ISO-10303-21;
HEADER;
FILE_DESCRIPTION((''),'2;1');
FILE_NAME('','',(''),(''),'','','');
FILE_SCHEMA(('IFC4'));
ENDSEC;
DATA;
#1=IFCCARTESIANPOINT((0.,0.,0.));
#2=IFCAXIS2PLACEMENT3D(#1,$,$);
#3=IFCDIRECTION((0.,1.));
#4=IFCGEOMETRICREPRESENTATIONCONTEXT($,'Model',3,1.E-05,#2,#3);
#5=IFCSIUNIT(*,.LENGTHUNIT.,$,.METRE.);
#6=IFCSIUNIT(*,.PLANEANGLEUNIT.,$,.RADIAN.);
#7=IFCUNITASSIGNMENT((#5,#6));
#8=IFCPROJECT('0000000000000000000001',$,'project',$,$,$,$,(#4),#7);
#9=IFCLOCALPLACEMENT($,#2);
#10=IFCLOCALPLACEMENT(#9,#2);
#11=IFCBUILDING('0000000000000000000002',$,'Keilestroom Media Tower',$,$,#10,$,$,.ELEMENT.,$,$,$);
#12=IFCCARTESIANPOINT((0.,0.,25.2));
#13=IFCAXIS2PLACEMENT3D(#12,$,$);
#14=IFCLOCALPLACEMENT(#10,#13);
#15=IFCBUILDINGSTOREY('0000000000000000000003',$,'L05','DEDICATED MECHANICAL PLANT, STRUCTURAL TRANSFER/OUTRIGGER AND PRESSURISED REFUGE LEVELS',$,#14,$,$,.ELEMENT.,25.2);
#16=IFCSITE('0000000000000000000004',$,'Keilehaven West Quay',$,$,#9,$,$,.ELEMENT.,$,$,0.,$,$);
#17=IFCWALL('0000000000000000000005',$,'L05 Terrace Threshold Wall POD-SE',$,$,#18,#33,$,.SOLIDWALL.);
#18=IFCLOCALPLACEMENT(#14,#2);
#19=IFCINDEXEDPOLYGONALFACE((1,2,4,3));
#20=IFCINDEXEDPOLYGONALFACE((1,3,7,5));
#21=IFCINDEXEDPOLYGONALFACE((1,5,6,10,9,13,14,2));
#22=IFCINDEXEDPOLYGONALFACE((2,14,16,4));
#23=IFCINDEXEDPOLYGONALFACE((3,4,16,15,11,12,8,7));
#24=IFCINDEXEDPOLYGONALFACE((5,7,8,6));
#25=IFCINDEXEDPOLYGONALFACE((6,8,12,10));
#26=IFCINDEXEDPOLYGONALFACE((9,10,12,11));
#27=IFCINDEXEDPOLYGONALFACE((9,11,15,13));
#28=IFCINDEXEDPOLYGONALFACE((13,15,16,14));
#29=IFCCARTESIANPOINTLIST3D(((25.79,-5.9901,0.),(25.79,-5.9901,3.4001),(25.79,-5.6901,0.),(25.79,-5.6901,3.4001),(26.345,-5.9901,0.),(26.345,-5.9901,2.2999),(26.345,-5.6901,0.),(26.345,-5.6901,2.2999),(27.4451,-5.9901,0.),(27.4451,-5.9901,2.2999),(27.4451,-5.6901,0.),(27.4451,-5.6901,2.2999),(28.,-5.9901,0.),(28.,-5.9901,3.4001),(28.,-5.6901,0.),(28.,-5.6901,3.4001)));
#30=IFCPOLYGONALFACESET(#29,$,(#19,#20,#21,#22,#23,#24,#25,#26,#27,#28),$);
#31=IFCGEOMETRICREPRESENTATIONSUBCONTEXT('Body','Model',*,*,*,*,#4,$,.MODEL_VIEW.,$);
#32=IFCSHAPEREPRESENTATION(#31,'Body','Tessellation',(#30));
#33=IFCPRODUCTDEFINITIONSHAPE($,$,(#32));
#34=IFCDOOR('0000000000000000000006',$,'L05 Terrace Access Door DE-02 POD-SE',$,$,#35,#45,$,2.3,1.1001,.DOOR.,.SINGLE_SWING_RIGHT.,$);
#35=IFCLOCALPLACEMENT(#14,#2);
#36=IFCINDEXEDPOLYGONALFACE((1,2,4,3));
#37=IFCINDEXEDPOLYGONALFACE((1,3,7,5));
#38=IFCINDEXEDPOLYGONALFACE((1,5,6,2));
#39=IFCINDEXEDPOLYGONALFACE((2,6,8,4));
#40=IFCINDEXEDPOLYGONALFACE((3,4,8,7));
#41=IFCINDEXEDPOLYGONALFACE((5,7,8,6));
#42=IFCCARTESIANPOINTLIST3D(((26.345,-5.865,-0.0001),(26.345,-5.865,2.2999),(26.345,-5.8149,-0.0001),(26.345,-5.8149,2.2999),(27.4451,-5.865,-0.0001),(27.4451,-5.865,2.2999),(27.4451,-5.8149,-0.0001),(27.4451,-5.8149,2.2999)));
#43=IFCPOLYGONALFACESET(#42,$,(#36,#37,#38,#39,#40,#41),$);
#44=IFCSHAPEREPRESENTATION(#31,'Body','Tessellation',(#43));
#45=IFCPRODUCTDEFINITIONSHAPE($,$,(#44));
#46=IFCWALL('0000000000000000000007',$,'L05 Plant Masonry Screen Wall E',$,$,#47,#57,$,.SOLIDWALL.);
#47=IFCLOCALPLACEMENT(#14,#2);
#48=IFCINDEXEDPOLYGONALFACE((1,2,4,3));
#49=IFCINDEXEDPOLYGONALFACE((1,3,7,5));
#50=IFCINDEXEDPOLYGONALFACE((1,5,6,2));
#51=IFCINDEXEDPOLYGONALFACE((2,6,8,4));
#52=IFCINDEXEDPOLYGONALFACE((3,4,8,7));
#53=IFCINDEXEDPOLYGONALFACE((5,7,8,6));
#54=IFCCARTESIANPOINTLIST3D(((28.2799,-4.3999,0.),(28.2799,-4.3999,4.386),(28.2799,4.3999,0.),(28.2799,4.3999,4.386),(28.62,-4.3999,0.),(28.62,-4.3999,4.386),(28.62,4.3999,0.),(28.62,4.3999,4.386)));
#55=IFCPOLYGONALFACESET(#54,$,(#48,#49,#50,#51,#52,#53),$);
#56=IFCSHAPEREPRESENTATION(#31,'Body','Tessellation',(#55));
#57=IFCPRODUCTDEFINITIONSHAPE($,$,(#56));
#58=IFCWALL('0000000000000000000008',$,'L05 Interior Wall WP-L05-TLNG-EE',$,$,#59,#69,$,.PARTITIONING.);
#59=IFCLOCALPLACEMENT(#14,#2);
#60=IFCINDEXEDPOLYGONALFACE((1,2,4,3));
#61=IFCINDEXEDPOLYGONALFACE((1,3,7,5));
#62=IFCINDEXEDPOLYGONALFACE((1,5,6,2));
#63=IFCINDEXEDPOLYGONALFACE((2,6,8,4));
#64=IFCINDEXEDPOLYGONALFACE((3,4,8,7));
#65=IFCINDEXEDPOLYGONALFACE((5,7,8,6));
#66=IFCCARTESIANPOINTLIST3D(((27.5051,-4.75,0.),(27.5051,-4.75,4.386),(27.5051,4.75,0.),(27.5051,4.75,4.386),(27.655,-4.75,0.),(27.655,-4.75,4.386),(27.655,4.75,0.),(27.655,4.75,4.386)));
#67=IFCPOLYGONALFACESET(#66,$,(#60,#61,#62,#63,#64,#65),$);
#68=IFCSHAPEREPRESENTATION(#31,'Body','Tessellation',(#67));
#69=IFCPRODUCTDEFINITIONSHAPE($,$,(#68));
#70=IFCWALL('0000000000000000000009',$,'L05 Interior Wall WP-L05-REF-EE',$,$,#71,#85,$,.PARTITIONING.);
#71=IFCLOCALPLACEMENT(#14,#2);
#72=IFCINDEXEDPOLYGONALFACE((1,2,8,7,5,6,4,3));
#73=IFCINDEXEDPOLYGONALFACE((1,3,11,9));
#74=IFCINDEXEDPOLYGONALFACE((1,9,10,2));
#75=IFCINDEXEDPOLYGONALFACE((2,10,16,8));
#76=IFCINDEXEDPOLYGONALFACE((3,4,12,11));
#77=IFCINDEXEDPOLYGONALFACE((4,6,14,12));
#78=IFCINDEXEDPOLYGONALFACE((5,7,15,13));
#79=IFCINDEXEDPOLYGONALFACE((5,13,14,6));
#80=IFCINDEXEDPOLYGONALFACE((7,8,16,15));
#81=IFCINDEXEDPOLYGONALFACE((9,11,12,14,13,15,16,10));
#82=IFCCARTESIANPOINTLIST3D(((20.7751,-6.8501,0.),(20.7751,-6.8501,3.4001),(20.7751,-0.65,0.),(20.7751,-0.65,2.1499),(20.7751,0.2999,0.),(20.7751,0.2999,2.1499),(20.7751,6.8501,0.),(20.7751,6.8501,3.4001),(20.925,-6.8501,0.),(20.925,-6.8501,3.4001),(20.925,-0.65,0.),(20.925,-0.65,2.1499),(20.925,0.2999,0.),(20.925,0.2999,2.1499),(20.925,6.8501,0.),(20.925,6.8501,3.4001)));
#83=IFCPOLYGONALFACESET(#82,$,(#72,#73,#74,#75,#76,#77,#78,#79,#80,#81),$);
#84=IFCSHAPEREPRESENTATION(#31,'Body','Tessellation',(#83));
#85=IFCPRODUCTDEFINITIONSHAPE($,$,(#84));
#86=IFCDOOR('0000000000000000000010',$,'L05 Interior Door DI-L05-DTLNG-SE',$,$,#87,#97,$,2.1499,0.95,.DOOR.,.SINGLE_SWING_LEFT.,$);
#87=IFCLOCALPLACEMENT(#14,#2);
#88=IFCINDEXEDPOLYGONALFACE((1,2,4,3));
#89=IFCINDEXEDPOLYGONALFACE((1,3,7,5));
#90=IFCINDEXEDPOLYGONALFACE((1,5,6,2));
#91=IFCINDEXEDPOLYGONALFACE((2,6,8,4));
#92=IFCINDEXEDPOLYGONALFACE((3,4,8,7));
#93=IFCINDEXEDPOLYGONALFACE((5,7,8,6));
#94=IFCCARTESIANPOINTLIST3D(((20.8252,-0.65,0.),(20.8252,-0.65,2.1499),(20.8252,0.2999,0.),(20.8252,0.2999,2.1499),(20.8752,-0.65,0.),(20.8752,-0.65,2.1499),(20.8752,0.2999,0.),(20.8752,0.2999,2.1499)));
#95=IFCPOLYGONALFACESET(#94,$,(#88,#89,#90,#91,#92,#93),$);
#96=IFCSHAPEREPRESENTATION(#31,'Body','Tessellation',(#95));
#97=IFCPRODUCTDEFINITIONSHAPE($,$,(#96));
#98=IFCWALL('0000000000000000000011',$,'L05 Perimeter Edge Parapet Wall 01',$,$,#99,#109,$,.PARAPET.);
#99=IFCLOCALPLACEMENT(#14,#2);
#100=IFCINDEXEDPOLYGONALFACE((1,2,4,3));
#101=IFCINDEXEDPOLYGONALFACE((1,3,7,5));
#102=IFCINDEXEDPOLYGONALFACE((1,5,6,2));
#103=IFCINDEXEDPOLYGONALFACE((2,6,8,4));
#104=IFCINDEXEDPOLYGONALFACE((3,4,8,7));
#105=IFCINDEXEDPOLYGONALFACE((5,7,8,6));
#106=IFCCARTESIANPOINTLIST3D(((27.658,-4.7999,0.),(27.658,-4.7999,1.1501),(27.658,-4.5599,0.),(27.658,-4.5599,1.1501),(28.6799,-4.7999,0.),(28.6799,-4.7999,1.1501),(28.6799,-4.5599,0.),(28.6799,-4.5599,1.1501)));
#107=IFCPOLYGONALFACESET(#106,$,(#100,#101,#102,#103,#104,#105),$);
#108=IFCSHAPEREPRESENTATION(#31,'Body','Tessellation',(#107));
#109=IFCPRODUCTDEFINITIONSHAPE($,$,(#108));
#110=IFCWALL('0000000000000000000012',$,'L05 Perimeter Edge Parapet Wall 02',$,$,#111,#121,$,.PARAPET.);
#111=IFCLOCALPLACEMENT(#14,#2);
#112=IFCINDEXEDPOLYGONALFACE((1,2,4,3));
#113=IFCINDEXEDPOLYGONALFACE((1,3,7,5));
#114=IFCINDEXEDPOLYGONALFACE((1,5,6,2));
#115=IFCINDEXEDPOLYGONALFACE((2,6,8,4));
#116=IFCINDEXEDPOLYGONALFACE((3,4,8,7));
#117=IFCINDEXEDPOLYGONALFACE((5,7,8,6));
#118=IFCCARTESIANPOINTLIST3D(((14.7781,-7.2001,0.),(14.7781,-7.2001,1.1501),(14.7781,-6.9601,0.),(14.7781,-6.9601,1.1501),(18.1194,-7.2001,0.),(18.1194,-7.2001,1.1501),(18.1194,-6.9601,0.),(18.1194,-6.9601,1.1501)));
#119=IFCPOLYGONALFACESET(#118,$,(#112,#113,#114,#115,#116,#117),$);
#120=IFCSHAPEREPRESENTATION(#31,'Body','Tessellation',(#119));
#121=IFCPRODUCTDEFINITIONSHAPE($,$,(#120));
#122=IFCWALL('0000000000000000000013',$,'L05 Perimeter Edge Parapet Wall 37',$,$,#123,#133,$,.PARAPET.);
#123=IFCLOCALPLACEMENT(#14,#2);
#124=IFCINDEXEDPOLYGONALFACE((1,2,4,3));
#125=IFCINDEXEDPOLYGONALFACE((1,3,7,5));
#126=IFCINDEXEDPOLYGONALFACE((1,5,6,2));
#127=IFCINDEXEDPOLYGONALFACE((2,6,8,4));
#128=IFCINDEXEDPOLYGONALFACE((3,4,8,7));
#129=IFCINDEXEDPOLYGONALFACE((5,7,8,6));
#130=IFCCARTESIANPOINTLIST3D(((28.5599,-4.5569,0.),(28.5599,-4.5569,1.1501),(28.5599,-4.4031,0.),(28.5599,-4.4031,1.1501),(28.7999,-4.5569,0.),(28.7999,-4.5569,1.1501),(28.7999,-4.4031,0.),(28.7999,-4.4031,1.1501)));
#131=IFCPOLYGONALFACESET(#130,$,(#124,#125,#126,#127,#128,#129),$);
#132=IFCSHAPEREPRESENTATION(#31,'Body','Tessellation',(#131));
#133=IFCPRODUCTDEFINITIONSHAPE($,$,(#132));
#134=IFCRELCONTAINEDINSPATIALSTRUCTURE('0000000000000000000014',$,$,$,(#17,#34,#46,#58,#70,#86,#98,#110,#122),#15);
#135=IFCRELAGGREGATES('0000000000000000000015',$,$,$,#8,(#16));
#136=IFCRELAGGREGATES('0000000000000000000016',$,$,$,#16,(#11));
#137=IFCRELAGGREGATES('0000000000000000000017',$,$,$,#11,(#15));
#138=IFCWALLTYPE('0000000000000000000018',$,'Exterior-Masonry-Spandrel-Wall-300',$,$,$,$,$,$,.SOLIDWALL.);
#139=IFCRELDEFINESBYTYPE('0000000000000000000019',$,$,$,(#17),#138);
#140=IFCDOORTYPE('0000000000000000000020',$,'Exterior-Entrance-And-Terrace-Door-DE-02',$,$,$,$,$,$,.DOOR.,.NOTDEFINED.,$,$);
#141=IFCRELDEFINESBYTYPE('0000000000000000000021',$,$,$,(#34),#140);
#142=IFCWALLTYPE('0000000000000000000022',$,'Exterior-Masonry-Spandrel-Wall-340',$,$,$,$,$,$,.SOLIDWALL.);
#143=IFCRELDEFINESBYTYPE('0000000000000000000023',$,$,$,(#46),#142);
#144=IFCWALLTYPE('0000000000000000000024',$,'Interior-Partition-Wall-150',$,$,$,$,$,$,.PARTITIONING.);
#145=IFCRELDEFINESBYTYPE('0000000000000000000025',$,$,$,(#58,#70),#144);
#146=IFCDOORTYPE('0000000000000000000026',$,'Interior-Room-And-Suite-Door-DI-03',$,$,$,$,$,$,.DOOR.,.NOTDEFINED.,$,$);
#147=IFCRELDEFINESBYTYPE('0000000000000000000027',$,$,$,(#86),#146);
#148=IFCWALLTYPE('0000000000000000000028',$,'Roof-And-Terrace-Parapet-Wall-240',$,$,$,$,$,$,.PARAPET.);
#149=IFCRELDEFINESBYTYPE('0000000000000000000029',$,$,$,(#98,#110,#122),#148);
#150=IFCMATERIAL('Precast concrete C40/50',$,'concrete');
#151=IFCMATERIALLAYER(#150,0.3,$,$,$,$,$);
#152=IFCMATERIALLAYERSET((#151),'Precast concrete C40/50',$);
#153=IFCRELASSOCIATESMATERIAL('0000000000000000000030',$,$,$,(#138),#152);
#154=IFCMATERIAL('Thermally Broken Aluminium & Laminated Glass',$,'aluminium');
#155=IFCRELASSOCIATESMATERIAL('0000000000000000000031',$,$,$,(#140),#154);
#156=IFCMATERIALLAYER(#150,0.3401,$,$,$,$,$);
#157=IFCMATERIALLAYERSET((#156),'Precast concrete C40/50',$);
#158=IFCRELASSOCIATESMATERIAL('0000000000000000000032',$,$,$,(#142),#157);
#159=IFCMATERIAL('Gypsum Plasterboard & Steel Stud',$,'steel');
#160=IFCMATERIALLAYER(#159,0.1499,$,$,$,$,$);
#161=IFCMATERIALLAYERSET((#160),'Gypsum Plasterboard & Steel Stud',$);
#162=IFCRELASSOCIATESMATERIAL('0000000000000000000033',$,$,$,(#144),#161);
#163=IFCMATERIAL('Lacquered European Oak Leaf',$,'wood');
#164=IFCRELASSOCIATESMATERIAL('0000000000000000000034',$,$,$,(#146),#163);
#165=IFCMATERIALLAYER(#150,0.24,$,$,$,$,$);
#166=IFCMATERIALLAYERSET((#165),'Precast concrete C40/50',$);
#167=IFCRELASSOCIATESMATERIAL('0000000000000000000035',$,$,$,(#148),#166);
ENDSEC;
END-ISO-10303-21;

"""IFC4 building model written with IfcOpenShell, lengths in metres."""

from ifc_helpers import new_model, si_unit, direction, frame, frame_2d, origin, place, context, subcontext, project, spatial, rectangle, extrude, source, transform, mapped, material, layer, layer_set, type_object, element, fill, save


model = new_model("IFC4")

# Units and contexts
model_context = context("Model", 3, precision=1e-05, world=origin(), true_north=direction((0.0, 1.0)))
body_context = subcontext(model_context, "Body", "Model", "MODEL_VIEW")
ifc_project = project(units=[si_unit("LENGTHUNIT", "METRE"), si_unit("PLANEANGLEUNIT", "RADIAN")], contexts=[model_context])

# Site, building, storey
site_placement = place(None, origin())
site = spatial("IfcSite", under=ifc_project, at=site_placement, Name="Keilehaven West Quay", CompositionType="ELEMENT", RefElevation=0.0)
building_placement = place(site_placement, origin())
building = spatial("IfcBuilding", under=site, at=building_placement, Name="Keilestroom Media Tower", CompositionType="ELEMENT")
storey_placement = place(building_placement, frame((0.0, 0.0, 25.2)))
storey = spatial("IfcBuildingStorey", under=building, at=storey_placement, Name="L05", Description="DEDICATED MECHANICAL PLANT, STRUCTURAL TRANSFER/OUTRIGGER AND PRESSURISED REFUGE LEVELS", CompositionType="ELEMENT", Elevation=25.2)

# Shared definitions
ifc_material_1 = material(Name="Precast concrete C40/50", Category="concrete")

# Wall, opening, door
ifc_layer_1 = layer(ifc_material_1, 0.3)
ifc_layer_set_1 = layer_set([ifc_layer_1], Name="Precast concrete C40/50")
wall_type_1 = type_object("IfcWallType", Name="Exterior-Masonry-Spandrel-Wall-300", PredefinedType="SOLIDWALL", material=ifc_layer_set_1)
wall_1_placement = place(storey_placement, frame((25.79, -5.8401, 0.0), z_axis=(0.0, 0.0, 1.0), x_axis=(1.0, 0.0, 0.0)))
wall_1 = element("IfcWall", 1, at=wall_1_placement, inside=storey, type_object=wall_type_1, Name="L05 Terrace Threshold Wall POD-SE", PredefinedType="SOLIDWALL", context=body_context, shape_type="SweptSolid", body=[
    extrude(rectangle(XDim=2.21, YDim=0.3, at=frame_2d((1.105, 0.0))), origin(), (0.0, 0.0, 1.0), 3.4001),
])
opening_1_placement = place(wall_1_placement, frame((0.5549, 0.0, 0.0)))
opening_1 = element("IfcOpeningElement", 2, at=opening_1_placement, cuts=wall_1, PredefinedType="OPENING", context=body_context, shape_type="SweptSolid", body=[
    extrude(rectangle(XDim=1.1001, YDim=2.3, at=frame_2d((0.55, 1.1499))), frame((0.0, 0.1602, 0.0), z_axis=(0.0, -1.0, 0.0), x_axis=(1.0, 0.0, 0.0)), (0.0, 0.0, 1.0), 0.3201),
])
ifc_material_2 = material(Name="Thermally Broken Aluminium & Laminated Glass", Category="aluminium")
door_type_1 = type_object("IfcDoorType", Name="Exterior-Entrance-And-Terrace-Door-DE-02", OperationType="NOTDEFINED", PredefinedType="DOOR", material=ifc_material_2)
shared_shape_1 = source(origin(), body_context, "Body", "SweptSolid", [
    extrude(rectangle(XDim=1.1001, YDim=2.3, at=frame_2d((0.55, 1.1499))), frame((0.0, 0.0249, 0.0), z_axis=(0.0, -1.0, 0.0), x_axis=(1.0, 0.0, 0.0)), (0.0, 0.0, 1.0), 0.05),
])
door_1_placement = place(opening_1_placement, frame((1.1001, 0.0, 0.0), z_axis=(0.0, 0.0, 1.0), x_axis=(-1.0, 0.0, 0.0)))
door_1 = element("IfcDoor", 3, at=door_1_placement, inside=storey, type_object=door_type_1, Name="L05 Terrace Access Door DE-02 POD-SE", OperationType="SINGLE_SWING_RIGHT", OverallHeight=2.3, OverallWidth=1.1001, PredefinedType="DOOR", context=body_context, shape_type="MappedRepresentation", body=[
    mapped(shared_shape_1, transform((0.0, 0.0, 0.0), x_axis=(1.0, 0.0, 0.0), y_axis=(0.0, 1.0, 0.0), z_axis=(0.0, 0.0, 1.0), scale=1.0)),
])
fill(opening_1, door_1)

# Walls
ifc_layer_2 = layer(ifc_material_1, 0.3401)
ifc_layer_set_2 = layer_set([ifc_layer_2], Name="Precast concrete C40/50")
wall_type_2 = type_object("IfcWallType", Name="Exterior-Masonry-Spandrel-Wall-340", PredefinedType="SOLIDWALL", material=ifc_layer_set_2)
wall_2_placement = place(storey_placement, frame((28.45, -4.3999, 0.0), z_axis=(0.0, 0.0, 1.0), x_axis=(0.0, 1.0, 0.0)))
element("IfcWall", 4, at=wall_2_placement, inside=storey, type_object=wall_type_2, Name="L05 Plant Masonry Screen Wall E", PredefinedType="SOLIDWALL", context=body_context, shape_type="SweptSolid", body=[
    extrude(rectangle(XDim=8.7998, YDim=0.3401, at=frame_2d((4.3999, 0.0))), origin(), (0.0, 0.0, 1.0), 4.386),
])
ifc_material_3 = material(Name="Gypsum Plasterboard & Steel Stud", Category="steel")
ifc_layer_3 = layer(ifc_material_3, 0.1499)
ifc_layer_set_3 = layer_set([ifc_layer_3], Name="Gypsum Plasterboard & Steel Stud")
wall_type_3 = type_object("IfcWallType", Name="Interior-Partition-Wall-150", PredefinedType="PARTITIONING", material=ifc_layer_set_3)
wall_3_placement = place(storey_placement, frame((27.5801, -4.75, 0.0), z_axis=(0.0, 0.0, 1.0), x_axis=(0.0, 1.0, 0.0)))
element("IfcWall", 5, at=wall_3_placement, inside=storey, type_object=wall_type_3, Name="L05 Interior Wall WP-L05-TLNG-EE", PredefinedType="PARTITIONING", context=body_context, shape_type="SweptSolid", body=[
    extrude(rectangle(XDim=9.5, YDim=0.1499, at=frame_2d((4.75, 0.0))), origin(), (0.0, 0.0, 1.0), 4.386),
])

# Wall, opening, door
wall_4_placement = place(storey_placement, frame((20.8501, -6.8501, 0.0), z_axis=(0.0, 0.0, 1.0), x_axis=(0.0, 1.0, 0.0)))
wall_4 = element("IfcWall", 6, at=wall_4_placement, inside=storey, type_object=wall_type_3, Name="L05 Interior Wall WP-L05-REF-EE", PredefinedType="PARTITIONING", context=body_context, shape_type="SweptSolid", body=[
    extrude(rectangle(XDim=13.7002, YDim=0.1499, at=frame_2d((6.8501, 0.0))), origin(), (0.0, 0.0, 1.0), 3.4001),
])
opening_2_placement = place(wall_4_placement, frame((6.2, 0.0, 0.0)))
opening_2 = element("IfcOpeningElement", 7, at=opening_2_placement, cuts=wall_4, PredefinedType="OPENING", context=body_context, shape_type="SweptSolid", body=[
    extrude(rectangle(XDim=0.95, YDim=2.1499, at=frame_2d((0.4751, 1.075))), frame((0.0, 0.085, 0.0), z_axis=(0.0, -1.0, 0.0), x_axis=(1.0, 0.0, 0.0)), (0.0, 0.0, 1.0), 0.1699),
])
ifc_material_4 = material(Name="Lacquered European Oak Leaf", Category="wood")
door_type_2 = type_object("IfcDoorType", Name="Interior-Room-And-Suite-Door-DI-03", OperationType="NOTDEFINED", PredefinedType="DOOR", material=ifc_material_4)
shared_shape_2 = source(origin(), body_context, "Body", "SweptSolid", [
    extrude(rectangle(XDim=0.95, YDim=2.1499, at=frame_2d((0.4751, 1.075))), frame((0.0, 0.0249, 0.0), z_axis=(0.0, -1.0, 0.0), x_axis=(1.0, 0.0, 0.0)), (0.0, 0.0, 1.0), 0.05),
])
door_2_placement = place(opening_2_placement, origin())
door_2 = element("IfcDoor", 8, at=door_2_placement, inside=storey, type_object=door_type_2, Name="L05 Interior Door DI-L05-DTLNG-SE", OperationType="SINGLE_SWING_LEFT", OverallHeight=2.1499, OverallWidth=0.95, PredefinedType="DOOR", context=body_context, shape_type="MappedRepresentation", body=[
    mapped(shared_shape_2, transform((0.0, 0.0, 0.0), x_axis=(1.0, 0.0, 0.0), y_axis=(0.0, 1.0, 0.0), z_axis=(0.0, 0.0, 1.0), scale=1.0)),
])
fill(opening_2, door_2)

# Walls
ifc_layer_4 = layer(ifc_material_1, 0.24)
ifc_layer_set_4 = layer_set([ifc_layer_4], Name="Precast concrete C40/50")
wall_type_4 = type_object("IfcWallType", Name="Roof-And-Terrace-Parapet-Wall-240", PredefinedType="PARAPET", material=ifc_layer_set_4)
wall_5_placement = place(storey_placement, frame((28.6799, -4.6799, 0.0), z_axis=(0.0, 0.0, 1.0), x_axis=(-1.0, 0.0, 0.0)))
element("IfcWall", 9, at=wall_5_placement, inside=storey, type_object=wall_type_4, Name="L05 Perimeter Edge Parapet Wall 01", PredefinedType="PARAPET", context=body_context, shape_type="SweptSolid", body=[
    extrude(rectangle(XDim=1.022, YDim=0.24, at=frame_2d((0.511, 0.0))), origin(), (0.0, 0.0, 1.0), 1.1501),
])
wall_6_placement = place(storey_placement, frame((18.1194, -7.0801, 0.0), z_axis=(0.0, 0.0, 1.0), x_axis=(-1.0, 0.0, 0.0)))
element("IfcWall", 10, at=wall_6_placement, inside=storey, type_object=wall_type_4, Name="L05 Perimeter Edge Parapet Wall 02", PredefinedType="PARAPET", context=body_context, shape_type="SweptSolid", body=[
    extrude(rectangle(XDim=3.3413, YDim=0.24, at=frame_2d((1.6707, 0.0))), origin(), (0.0, 0.0, 1.0), 1.1501),
])
wall_7_placement = place(storey_placement, frame((28.6799, -4.4031, 0.0), z_axis=(0.0, 0.0, 1.0), x_axis=(0.0, -1.0, 0.0)))
element("IfcWall", 11, at=wall_7_placement, inside=storey, type_object=wall_type_4, Name="L05 Perimeter Edge Parapet Wall 37", PredefinedType="PARAPET", context=body_context, shape_type="SweptSolid", body=[
    extrude(rectangle(XDim=0.1538, YDim=0.24, at=frame_2d((0.0769, 0.0))), origin(), (0.0, 0.0, 1.0), 1.1501),
])

save(model, "model.ifc")
